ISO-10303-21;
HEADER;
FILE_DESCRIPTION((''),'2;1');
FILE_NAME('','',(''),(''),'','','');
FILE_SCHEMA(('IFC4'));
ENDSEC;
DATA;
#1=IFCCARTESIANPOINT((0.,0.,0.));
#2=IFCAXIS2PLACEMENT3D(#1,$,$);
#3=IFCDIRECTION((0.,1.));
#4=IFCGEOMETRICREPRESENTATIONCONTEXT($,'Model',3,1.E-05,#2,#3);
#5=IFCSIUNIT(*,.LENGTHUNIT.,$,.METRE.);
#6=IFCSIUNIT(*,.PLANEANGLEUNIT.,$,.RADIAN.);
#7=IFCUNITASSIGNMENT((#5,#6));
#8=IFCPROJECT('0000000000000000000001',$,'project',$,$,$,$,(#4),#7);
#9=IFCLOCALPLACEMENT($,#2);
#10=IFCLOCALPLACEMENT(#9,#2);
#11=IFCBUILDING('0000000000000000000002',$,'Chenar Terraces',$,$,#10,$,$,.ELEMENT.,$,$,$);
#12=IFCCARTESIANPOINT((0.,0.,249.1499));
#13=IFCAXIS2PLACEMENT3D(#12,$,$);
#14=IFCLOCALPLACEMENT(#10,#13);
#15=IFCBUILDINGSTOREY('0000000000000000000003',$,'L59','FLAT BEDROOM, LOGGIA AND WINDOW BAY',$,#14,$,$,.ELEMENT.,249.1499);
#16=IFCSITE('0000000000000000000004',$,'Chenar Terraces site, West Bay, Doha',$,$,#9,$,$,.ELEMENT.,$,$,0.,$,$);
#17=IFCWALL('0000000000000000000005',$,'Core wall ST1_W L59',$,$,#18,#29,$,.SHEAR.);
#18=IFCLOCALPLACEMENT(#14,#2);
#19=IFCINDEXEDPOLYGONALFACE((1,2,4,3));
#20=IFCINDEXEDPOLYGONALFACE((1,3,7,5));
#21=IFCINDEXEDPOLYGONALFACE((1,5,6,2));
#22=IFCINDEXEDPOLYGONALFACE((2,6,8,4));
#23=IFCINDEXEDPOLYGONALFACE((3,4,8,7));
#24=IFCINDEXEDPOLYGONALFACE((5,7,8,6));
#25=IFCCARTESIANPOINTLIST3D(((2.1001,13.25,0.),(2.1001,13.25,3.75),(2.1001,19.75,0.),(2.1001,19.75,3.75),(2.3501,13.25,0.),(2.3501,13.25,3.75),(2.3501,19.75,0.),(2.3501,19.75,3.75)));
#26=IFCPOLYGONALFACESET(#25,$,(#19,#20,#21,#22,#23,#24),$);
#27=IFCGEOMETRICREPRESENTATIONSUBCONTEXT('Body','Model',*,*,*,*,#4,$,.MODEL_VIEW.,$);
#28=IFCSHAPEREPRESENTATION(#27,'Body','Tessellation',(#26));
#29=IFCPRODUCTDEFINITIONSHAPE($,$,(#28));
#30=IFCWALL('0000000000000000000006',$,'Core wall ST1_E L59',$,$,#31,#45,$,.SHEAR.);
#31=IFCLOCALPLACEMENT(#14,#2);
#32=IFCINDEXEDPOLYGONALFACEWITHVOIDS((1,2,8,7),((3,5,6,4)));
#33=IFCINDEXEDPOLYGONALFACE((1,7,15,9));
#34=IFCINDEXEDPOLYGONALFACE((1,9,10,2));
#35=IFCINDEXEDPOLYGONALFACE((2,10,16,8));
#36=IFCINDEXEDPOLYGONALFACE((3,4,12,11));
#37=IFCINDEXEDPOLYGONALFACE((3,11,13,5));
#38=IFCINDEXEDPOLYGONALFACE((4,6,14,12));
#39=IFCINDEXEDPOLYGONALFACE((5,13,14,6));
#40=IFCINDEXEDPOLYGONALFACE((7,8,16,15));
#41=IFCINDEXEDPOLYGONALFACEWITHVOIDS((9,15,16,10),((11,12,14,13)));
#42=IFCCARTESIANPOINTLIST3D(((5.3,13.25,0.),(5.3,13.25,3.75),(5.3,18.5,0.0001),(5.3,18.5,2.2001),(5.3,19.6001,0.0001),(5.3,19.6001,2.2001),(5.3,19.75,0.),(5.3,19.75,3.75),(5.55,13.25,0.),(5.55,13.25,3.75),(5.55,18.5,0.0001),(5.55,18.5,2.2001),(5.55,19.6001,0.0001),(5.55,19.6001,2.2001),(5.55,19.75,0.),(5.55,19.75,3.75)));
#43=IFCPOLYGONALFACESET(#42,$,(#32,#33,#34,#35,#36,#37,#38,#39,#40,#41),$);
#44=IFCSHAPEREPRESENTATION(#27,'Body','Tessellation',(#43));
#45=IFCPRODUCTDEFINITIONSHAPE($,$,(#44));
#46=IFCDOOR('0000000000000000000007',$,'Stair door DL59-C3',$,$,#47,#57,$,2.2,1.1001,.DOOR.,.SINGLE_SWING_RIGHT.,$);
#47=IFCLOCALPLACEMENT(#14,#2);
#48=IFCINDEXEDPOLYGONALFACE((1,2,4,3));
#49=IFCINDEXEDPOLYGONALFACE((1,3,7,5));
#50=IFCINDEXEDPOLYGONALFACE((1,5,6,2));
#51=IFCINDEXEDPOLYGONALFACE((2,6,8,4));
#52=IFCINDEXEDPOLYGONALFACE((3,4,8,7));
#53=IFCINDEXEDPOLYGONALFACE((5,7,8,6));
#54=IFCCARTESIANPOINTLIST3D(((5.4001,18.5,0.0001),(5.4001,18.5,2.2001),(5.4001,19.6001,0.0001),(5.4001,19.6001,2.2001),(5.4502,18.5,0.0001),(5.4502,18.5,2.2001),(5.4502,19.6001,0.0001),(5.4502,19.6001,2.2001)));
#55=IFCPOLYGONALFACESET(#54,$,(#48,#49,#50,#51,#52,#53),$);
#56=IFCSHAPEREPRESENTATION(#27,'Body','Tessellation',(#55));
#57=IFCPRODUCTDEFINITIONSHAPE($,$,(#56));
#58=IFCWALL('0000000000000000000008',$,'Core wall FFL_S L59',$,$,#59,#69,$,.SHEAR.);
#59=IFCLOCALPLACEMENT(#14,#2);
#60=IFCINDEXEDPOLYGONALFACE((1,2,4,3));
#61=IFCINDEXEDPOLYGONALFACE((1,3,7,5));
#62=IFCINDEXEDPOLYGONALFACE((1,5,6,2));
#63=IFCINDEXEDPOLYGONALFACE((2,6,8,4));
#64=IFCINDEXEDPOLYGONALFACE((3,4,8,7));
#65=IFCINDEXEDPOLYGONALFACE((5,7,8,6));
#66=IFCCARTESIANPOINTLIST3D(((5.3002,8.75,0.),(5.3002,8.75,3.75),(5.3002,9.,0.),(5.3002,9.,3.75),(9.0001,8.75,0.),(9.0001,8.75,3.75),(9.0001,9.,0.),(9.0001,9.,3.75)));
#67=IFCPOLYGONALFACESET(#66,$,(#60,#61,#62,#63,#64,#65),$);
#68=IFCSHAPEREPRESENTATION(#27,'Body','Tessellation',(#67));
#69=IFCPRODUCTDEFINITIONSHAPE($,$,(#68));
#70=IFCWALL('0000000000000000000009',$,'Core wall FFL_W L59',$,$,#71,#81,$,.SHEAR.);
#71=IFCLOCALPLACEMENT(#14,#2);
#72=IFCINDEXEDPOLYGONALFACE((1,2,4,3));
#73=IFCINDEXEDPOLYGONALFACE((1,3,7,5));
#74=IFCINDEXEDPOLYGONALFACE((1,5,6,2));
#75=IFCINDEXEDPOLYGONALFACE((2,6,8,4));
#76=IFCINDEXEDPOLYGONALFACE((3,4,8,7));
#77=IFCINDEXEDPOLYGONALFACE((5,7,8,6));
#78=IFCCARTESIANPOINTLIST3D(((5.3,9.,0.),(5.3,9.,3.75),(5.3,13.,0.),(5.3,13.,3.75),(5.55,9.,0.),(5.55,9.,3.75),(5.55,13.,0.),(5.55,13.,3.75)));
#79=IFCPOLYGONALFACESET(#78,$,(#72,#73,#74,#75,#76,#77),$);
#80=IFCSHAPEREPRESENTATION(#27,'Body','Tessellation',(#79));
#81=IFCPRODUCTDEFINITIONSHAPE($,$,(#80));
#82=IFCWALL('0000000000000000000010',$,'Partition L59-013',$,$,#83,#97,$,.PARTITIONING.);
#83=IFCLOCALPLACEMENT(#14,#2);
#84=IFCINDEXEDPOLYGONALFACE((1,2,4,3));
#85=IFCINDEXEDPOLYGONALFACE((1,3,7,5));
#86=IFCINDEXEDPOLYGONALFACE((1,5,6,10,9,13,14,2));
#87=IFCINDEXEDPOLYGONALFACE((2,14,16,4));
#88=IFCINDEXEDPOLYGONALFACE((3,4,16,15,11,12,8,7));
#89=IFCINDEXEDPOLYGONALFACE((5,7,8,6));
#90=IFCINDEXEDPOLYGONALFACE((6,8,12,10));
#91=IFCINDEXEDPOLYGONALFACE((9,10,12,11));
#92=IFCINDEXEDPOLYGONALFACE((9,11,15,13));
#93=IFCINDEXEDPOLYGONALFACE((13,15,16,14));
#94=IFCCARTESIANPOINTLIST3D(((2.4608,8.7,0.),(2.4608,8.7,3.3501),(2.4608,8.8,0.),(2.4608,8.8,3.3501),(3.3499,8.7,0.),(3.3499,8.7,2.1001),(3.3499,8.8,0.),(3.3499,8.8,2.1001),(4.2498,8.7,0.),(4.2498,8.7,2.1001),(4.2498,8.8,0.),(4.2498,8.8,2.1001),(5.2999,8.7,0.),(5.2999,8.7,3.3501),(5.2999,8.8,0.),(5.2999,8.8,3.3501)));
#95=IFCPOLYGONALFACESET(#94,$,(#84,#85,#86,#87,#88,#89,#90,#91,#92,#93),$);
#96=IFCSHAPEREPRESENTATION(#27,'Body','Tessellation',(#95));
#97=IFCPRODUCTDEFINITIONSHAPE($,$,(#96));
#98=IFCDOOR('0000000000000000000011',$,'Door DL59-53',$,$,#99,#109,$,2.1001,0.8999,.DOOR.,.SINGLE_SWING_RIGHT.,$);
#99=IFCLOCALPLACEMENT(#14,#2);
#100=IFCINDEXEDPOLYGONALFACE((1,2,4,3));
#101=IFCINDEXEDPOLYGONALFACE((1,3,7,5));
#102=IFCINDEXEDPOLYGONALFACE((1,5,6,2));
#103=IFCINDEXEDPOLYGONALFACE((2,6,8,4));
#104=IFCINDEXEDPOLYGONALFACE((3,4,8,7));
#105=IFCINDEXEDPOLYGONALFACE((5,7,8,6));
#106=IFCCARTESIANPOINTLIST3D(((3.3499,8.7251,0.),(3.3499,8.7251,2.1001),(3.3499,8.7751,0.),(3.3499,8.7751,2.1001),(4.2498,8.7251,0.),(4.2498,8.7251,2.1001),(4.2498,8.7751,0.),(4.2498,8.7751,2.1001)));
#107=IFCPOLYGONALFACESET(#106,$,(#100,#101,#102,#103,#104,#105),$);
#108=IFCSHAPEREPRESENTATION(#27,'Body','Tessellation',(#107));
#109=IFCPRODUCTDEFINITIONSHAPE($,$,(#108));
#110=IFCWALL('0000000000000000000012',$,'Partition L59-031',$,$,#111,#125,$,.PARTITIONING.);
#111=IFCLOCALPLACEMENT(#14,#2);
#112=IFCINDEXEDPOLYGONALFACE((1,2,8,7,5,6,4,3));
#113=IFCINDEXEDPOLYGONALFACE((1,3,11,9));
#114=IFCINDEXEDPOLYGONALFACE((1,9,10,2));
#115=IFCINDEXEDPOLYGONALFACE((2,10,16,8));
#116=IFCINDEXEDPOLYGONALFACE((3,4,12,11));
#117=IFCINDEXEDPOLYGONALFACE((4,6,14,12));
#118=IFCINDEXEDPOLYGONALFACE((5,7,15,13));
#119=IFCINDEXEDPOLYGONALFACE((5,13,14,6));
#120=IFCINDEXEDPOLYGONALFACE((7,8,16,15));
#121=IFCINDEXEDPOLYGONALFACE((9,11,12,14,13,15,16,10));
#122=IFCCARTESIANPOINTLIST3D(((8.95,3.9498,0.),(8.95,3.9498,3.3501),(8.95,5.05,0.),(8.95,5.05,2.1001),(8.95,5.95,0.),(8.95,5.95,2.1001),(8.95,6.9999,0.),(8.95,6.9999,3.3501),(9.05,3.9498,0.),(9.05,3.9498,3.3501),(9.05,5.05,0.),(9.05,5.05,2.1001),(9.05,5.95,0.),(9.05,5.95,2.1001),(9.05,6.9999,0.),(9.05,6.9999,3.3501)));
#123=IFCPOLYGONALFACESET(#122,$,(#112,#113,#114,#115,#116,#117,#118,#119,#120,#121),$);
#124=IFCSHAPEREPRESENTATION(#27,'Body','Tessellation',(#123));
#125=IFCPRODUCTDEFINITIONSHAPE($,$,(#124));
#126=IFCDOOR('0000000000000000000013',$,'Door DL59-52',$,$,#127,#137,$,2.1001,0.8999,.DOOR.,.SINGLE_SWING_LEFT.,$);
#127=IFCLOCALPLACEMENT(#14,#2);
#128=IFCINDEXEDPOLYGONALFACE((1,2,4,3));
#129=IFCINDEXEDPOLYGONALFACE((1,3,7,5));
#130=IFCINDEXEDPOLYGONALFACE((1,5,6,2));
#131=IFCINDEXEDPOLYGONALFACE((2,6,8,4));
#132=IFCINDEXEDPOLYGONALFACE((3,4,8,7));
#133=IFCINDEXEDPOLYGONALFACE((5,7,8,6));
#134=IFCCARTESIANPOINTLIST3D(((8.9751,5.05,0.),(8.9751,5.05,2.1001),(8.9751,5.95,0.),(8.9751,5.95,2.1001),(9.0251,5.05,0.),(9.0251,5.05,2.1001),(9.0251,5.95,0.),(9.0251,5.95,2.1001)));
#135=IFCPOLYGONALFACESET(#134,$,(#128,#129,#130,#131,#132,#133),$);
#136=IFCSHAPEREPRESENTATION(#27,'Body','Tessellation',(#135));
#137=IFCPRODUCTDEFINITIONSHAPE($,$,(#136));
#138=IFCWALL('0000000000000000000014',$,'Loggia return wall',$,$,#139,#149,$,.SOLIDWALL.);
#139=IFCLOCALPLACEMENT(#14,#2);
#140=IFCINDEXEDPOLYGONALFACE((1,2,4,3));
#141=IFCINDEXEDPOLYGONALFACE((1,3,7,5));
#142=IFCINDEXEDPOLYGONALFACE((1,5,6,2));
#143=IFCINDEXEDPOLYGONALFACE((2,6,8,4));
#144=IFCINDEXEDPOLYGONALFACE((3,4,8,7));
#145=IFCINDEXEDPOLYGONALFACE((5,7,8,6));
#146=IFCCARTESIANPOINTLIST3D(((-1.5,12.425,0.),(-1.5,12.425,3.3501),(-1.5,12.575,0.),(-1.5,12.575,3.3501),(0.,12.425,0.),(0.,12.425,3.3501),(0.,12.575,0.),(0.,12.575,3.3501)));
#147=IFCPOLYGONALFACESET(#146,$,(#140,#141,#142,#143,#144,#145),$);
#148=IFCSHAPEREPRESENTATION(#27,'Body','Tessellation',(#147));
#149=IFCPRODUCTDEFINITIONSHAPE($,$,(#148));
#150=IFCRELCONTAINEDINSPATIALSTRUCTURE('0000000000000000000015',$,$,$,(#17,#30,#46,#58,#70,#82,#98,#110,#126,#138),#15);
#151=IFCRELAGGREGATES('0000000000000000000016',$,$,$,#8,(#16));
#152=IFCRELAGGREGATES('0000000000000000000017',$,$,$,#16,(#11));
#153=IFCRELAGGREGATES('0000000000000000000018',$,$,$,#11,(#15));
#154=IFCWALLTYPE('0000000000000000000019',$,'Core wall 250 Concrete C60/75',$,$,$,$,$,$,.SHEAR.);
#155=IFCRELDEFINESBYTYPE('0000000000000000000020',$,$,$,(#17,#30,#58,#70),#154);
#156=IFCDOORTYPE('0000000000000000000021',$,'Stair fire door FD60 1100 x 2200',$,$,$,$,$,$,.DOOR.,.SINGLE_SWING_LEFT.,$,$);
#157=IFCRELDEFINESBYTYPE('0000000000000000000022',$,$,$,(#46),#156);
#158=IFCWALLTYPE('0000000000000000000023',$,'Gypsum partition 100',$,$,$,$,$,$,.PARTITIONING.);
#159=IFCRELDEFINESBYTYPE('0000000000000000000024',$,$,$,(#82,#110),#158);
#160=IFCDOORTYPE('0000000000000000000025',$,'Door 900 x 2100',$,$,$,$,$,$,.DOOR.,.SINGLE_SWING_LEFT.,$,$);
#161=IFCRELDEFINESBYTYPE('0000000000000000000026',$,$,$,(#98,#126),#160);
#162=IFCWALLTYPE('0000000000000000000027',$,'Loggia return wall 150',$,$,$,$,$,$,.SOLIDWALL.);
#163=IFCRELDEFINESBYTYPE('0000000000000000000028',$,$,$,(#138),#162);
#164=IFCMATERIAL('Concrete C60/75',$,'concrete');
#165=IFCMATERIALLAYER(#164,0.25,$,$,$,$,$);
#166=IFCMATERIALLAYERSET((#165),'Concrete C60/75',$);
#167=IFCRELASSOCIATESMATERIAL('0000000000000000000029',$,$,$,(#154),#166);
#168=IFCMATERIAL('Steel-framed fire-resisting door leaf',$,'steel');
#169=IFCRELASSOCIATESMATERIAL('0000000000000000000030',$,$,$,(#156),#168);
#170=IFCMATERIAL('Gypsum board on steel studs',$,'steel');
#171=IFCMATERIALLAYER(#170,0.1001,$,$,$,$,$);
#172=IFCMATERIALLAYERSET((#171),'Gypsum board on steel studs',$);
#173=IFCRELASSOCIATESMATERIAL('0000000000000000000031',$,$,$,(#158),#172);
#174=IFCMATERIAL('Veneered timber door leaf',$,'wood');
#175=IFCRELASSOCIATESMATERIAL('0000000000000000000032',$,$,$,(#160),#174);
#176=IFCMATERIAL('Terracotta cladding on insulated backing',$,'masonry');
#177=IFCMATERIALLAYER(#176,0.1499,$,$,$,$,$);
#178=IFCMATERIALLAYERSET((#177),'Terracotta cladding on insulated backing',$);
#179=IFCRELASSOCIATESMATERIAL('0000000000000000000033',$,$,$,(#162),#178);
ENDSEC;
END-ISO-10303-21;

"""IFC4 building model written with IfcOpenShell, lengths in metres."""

from ifc_helpers import new_model, si_unit, direction, frame, frame_2d, origin, place, context, subcontext, project, spatial, rectangle, extrude, material, layer, layer_set, type_object, element, fill, save


model = new_model("IFC4")

# Units and contexts
model_context = context("Model", 3, precision=1e-05, world=origin(), true_north=direction((0.0, 1.0)))
body_context = subcontext(model_context, "Body", "Model", "MODEL_VIEW")
ifc_project = project(units=[si_unit("LENGTHUNIT", "METRE"), si_unit("PLANEANGLEUNIT", "RADIAN")], contexts=[model_context])

# Site, building, storey
site_placement = place(None, origin())
site = spatial("IfcSite", under=ifc_project, at=site_placement, Name="Chenar Terraces site, West Bay, Doha", CompositionType="ELEMENT", RefElevation=0.0)
building_placement = place(site_placement, origin())
building = spatial("IfcBuilding", under=site, at=building_placement, Name="Chenar Terraces", CompositionType="ELEMENT")
storey_placement = place(building_placement, frame((0.0, 0.0, 249.1499)))
storey = spatial("IfcBuildingStorey", under=building, at=storey_placement, Name="L59", Description="FLAT BEDROOM, LOGGIA AND WINDOW BAY", CompositionType="ELEMENT", Elevation=249.1499)

# Wall
ifc_material_1 = material(Name="Concrete C60/75", Category="concrete")
ifc_layer_1 = layer(ifc_material_1, 0.25)
ifc_layer_set_1 = layer_set([ifc_layer_1], Name="Concrete C60/75")
wall_type_1 = type_object("IfcWallType", Name="Core wall 250 Concrete C60/75", PredefinedType="SHEAR", material=ifc_layer_set_1)
wall_1_placement = place(storey_placement, frame((2.2251, 13.25, 0.0), z_axis=(0.0, 0.0, 1.0), x_axis=(0.0, 1.0, 0.0)))
element("IfcWall", 1, at=wall_1_placement, inside=storey, type_object=wall_type_1, Name="Core wall ST1_W L59", PredefinedType="SHEAR", context=body_context, shape_type="SweptSolid", body=[
    extrude(rectangle(XDim=6.5, YDim=0.25, at=frame_2d((3.25, 0.0))), origin(), (0.0, 0.0, 1.0), 3.75),
])

# Wall, opening, door
wall_2_placement = place(storey_placement, frame((5.425, 13.25, 0.0), z_axis=(0.0, 0.0, 1.0), x_axis=(0.0, 1.0, 0.0)))
wall_2 = element("IfcWall", 2, at=wall_2_placement, inside=storey, type_object=wall_type_1, Name="Core wall ST1_E L59", PredefinedType="SHEAR", context=body_context, shape_type="SweptSolid", body=[
    extrude(rectangle(XDim=6.5, YDim=0.25, at=frame_2d((3.25, 0.0))), origin(), (0.0, 0.0, 1.0), 3.75),
])
opening_1_placement = place(wall_2_placement, frame((5.25, 0.0, 0.0)))
opening_1 = element("IfcOpeningElement", 3, at=opening_1_placement, cuts=wall_2, PredefinedType="OPENING", context=body_context, shape_type="SweptSolid", body=[
    extrude(rectangle(XDim=1.1001, YDim=2.2, at=frame_2d((0.55, 1.1001))), frame((0.0, 0.135, 0.0), z_axis=(0.0, -1.0, 0.0), x_axis=(1.0, 0.0, 0.0)), (0.0, 0.0, 1.0), 0.27),
])
ifc_material_2 = material(Name="Steel-framed fire-resisting door leaf", Category="steel")
door_type_1 = type_object("IfcDoorType", Name="Stair fire door FD60 1100 x 2200", OperationType="SINGLE_SWING_LEFT", PredefinedType="DOOR", material=ifc_material_2)
door_1_placement = place(opening_1_placement, origin())
door_1 = element("IfcDoor", 4, at=door_1_placement, inside=storey, type_object=door_type_1, Name="Stair door DL59-C3", OperationType="SINGLE_SWING_RIGHT", OverallHeight=2.2, OverallWidth=1.1001, PredefinedType="DOOR", context=body_context, shape_type="SweptSolid", body=[
    extrude(rectangle(XDim=1.1001, YDim=2.2, at=frame_2d((0.55, 1.1001))), frame((0.0, 0.0249, 0.0), z_axis=(0.0, -1.0, 0.0), x_axis=(1.0, 0.0, 0.0)), (0.0, 0.0, 1.0), 0.05),
])
fill(opening_1, door_1)

# Walls
wall_3_placement = place(storey_placement, frame((5.3, 8.875, 0.0), z_axis=(0.0, 0.0, 1.0), x_axis=(1.0, 0.0, 0.0)))
element("IfcWall", 5, at=wall_3_placement, inside=storey, type_object=wall_type_1, Name="Core wall FFL_S L59", PredefinedType="SHEAR", context=body_context, shape_type="SweptSolid", body=[
    extrude(rectangle(XDim=3.7, YDim=0.25, at=frame_2d((1.8501, 0.0))), origin(), (0.0, 0.0, 1.0), 3.75),
])
wall_4_placement = place(storey_placement, frame((5.425, 9.0, 0.0), z_axis=(0.0, 0.0, 1.0), x_axis=(0.0, 1.0, 0.0)))
element("IfcWall", 6, at=wall_4_placement, inside=storey, type_object=wall_type_1, Name="Core wall FFL_W L59", PredefinedType="SHEAR", context=body_context, shape_type="SweptSolid", body=[
    extrude(rectangle(XDim=4.0, YDim=0.25, at=frame_2d((2.0, 0.0))), origin(), (0.0, 0.0, 1.0), 3.75),
])

# Walls, openings, doors
ifc_material_3 = material(Name="Gypsum board on steel studs", Category="steel")
ifc_layer_2 = layer(ifc_material_3, 0.1001)
ifc_layer_set_2 = layer_set([ifc_layer_2], Name="Gypsum board on steel studs")
wall_type_2 = type_object("IfcWallType", Name="Gypsum partition 100", PredefinedType="PARTITIONING", material=ifc_layer_set_2)
wall_5_placement = place(storey_placement, frame((2.4609, 8.75, 0.0), z_axis=(0.0, 0.0, 1.0), x_axis=(1.0, 0.0, 0.0)))
wall_5 = element("IfcWall", 7, at=wall_5_placement, inside=storey, type_object=wall_type_2, Name="Partition L59-013", PredefinedType="PARTITIONING", context=body_context, shape_type="SweptSolid", body=[
    extrude(rectangle(XDim=2.8391, YDim=0.1001, at=frame_2d((1.4194, 0.0))), origin(), (0.0, 0.0, 1.0), 3.3501),
])
opening_2_placement = place(wall_5_placement, frame((0.8889, 0.0, 0.0)))
opening_2 = element("IfcOpeningElement", 8, at=opening_2_placement, cuts=wall_5, PredefinedType="OPENING", context=body_context, shape_type="SweptSolid", body=[
    extrude(rectangle(XDim=0.8999, YDim=2.1001, at=frame_2d((0.45, 1.05))), frame((0.0, 0.0601, 0.0), z_axis=(0.0, -1.0, 0.0), x_axis=(1.0, 0.0, 0.0)), (0.0, 0.0, 1.0), 0.1201),
])
ifc_material_4 = material(Name="Veneered timber door leaf", Category="wood")
door_type_2 = type_object("IfcDoorType", Name="Door 900 x 2100", OperationType="SINGLE_SWING_LEFT", PredefinedType="DOOR", material=ifc_material_4)
door_2_placement = place(opening_2_placement, frame((0.8999, 0.0, 0.0), z_axis=(0.0, 0.0, 1.0), x_axis=(-1.0, 0.0, 0.0)))
door_2 = element("IfcDoor", 9, at=door_2_placement, inside=storey, type_object=door_type_2, Name="Door DL59-53", OperationType="SINGLE_SWING_RIGHT", OverallHeight=2.1001, OverallWidth=0.8999, PredefinedType="DOOR", context=body_context, shape_type="SweptSolid", body=[
    extrude(rectangle(XDim=0.8999, YDim=2.1001, at=frame_2d((0.45, 1.05))), frame((0.0, 0.0249, 0.0), z_axis=(0.0, -1.0, 0.0), x_axis=(1.0, 0.0, 0.0)), (0.0, 0.0, 1.0), 0.05),
])
fill(opening_2, door_2)
wall_6_placement = place(storey_placement, frame((9.0, 3.95, 0.0), z_axis=(0.0, 0.0, 1.0), x_axis=(0.0, 1.0, 0.0)))
wall_6 = element("IfcWall", 10, at=wall_6_placement, inside=storey, type_object=wall_type_2, Name="Partition L59-031", PredefinedType="PARTITIONING", context=body_context, shape_type="SweptSolid", body=[
    extrude(rectangle(XDim=3.05, YDim=0.1001, at=frame_2d((1.5249, 0.0))), origin(), (0.0, 0.0, 1.0), 3.3501),
])
opening_3_placement = place(wall_6_placement, frame((1.1001, 0.0, 0.0)))
opening_3 = element("IfcOpeningElement", 11, at=opening_3_placement, cuts=wall_6, PredefinedType="OPENING", context=body_context, shape_type="SweptSolid", body=[
    extrude(rectangle(XDim=0.8999, YDim=2.1001, at=frame_2d((0.45, 1.05))), frame((0.0, 0.0601, 0.0), z_axis=(0.0, -1.0, 0.0), x_axis=(1.0, 0.0, 0.0)), (0.0, 0.0, 1.0), 0.1201),
])
door_3_placement = place(opening_3_placement, origin())
door_3 = element("IfcDoor", 12, at=door_3_placement, inside=storey, type_object=door_type_2, Name="Door DL59-52", OperationType="SINGLE_SWING_LEFT", OverallHeight=2.1001, OverallWidth=0.8999, PredefinedType="DOOR", context=body_context, shape_type="SweptSolid", body=[
    extrude(rectangle(XDim=0.8999, YDim=2.1001, at=frame_2d((0.45, 1.05))), frame((0.0, 0.0249, 0.0), z_axis=(0.0, -1.0, 0.0), x_axis=(1.0, 0.0, 0.0)), (0.0, 0.0, 1.0), 0.05),
])
fill(opening_3, door_3)

# Wall
ifc_material_5 = material(Name="Terracotta cladding on insulated backing", Category="masonry")
ifc_layer_3 = layer(ifc_material_5, 0.1499)
ifc_layer_set_3 = layer_set([ifc_layer_3], Name="Terracotta cladding on insulated backing")
wall_type_3 = type_object("IfcWallType", Name="Loggia return wall 150", PredefinedType="SOLIDWALL", material=ifc_layer_set_3)
wall_7_placement = place(storey_placement, frame((-1.5, 12.5, 0.0), z_axis=(0.0, 0.0, 1.0), x_axis=(1.0, 0.0, 0.0)))
element("IfcWall", 13, at=wall_7_placement, inside=storey, type_object=wall_type_3, Name="Loggia return wall", PredefinedType="SOLIDWALL", context=body_context, shape_type="SweptSolid", body=[
    extrude(rectangle(XDim=1.5, YDim=0.1499, at=frame_2d((0.75, 0.0))), origin(), (0.0, 0.0, 1.0), 3.3501),
])

save(model, "model.ifc")
